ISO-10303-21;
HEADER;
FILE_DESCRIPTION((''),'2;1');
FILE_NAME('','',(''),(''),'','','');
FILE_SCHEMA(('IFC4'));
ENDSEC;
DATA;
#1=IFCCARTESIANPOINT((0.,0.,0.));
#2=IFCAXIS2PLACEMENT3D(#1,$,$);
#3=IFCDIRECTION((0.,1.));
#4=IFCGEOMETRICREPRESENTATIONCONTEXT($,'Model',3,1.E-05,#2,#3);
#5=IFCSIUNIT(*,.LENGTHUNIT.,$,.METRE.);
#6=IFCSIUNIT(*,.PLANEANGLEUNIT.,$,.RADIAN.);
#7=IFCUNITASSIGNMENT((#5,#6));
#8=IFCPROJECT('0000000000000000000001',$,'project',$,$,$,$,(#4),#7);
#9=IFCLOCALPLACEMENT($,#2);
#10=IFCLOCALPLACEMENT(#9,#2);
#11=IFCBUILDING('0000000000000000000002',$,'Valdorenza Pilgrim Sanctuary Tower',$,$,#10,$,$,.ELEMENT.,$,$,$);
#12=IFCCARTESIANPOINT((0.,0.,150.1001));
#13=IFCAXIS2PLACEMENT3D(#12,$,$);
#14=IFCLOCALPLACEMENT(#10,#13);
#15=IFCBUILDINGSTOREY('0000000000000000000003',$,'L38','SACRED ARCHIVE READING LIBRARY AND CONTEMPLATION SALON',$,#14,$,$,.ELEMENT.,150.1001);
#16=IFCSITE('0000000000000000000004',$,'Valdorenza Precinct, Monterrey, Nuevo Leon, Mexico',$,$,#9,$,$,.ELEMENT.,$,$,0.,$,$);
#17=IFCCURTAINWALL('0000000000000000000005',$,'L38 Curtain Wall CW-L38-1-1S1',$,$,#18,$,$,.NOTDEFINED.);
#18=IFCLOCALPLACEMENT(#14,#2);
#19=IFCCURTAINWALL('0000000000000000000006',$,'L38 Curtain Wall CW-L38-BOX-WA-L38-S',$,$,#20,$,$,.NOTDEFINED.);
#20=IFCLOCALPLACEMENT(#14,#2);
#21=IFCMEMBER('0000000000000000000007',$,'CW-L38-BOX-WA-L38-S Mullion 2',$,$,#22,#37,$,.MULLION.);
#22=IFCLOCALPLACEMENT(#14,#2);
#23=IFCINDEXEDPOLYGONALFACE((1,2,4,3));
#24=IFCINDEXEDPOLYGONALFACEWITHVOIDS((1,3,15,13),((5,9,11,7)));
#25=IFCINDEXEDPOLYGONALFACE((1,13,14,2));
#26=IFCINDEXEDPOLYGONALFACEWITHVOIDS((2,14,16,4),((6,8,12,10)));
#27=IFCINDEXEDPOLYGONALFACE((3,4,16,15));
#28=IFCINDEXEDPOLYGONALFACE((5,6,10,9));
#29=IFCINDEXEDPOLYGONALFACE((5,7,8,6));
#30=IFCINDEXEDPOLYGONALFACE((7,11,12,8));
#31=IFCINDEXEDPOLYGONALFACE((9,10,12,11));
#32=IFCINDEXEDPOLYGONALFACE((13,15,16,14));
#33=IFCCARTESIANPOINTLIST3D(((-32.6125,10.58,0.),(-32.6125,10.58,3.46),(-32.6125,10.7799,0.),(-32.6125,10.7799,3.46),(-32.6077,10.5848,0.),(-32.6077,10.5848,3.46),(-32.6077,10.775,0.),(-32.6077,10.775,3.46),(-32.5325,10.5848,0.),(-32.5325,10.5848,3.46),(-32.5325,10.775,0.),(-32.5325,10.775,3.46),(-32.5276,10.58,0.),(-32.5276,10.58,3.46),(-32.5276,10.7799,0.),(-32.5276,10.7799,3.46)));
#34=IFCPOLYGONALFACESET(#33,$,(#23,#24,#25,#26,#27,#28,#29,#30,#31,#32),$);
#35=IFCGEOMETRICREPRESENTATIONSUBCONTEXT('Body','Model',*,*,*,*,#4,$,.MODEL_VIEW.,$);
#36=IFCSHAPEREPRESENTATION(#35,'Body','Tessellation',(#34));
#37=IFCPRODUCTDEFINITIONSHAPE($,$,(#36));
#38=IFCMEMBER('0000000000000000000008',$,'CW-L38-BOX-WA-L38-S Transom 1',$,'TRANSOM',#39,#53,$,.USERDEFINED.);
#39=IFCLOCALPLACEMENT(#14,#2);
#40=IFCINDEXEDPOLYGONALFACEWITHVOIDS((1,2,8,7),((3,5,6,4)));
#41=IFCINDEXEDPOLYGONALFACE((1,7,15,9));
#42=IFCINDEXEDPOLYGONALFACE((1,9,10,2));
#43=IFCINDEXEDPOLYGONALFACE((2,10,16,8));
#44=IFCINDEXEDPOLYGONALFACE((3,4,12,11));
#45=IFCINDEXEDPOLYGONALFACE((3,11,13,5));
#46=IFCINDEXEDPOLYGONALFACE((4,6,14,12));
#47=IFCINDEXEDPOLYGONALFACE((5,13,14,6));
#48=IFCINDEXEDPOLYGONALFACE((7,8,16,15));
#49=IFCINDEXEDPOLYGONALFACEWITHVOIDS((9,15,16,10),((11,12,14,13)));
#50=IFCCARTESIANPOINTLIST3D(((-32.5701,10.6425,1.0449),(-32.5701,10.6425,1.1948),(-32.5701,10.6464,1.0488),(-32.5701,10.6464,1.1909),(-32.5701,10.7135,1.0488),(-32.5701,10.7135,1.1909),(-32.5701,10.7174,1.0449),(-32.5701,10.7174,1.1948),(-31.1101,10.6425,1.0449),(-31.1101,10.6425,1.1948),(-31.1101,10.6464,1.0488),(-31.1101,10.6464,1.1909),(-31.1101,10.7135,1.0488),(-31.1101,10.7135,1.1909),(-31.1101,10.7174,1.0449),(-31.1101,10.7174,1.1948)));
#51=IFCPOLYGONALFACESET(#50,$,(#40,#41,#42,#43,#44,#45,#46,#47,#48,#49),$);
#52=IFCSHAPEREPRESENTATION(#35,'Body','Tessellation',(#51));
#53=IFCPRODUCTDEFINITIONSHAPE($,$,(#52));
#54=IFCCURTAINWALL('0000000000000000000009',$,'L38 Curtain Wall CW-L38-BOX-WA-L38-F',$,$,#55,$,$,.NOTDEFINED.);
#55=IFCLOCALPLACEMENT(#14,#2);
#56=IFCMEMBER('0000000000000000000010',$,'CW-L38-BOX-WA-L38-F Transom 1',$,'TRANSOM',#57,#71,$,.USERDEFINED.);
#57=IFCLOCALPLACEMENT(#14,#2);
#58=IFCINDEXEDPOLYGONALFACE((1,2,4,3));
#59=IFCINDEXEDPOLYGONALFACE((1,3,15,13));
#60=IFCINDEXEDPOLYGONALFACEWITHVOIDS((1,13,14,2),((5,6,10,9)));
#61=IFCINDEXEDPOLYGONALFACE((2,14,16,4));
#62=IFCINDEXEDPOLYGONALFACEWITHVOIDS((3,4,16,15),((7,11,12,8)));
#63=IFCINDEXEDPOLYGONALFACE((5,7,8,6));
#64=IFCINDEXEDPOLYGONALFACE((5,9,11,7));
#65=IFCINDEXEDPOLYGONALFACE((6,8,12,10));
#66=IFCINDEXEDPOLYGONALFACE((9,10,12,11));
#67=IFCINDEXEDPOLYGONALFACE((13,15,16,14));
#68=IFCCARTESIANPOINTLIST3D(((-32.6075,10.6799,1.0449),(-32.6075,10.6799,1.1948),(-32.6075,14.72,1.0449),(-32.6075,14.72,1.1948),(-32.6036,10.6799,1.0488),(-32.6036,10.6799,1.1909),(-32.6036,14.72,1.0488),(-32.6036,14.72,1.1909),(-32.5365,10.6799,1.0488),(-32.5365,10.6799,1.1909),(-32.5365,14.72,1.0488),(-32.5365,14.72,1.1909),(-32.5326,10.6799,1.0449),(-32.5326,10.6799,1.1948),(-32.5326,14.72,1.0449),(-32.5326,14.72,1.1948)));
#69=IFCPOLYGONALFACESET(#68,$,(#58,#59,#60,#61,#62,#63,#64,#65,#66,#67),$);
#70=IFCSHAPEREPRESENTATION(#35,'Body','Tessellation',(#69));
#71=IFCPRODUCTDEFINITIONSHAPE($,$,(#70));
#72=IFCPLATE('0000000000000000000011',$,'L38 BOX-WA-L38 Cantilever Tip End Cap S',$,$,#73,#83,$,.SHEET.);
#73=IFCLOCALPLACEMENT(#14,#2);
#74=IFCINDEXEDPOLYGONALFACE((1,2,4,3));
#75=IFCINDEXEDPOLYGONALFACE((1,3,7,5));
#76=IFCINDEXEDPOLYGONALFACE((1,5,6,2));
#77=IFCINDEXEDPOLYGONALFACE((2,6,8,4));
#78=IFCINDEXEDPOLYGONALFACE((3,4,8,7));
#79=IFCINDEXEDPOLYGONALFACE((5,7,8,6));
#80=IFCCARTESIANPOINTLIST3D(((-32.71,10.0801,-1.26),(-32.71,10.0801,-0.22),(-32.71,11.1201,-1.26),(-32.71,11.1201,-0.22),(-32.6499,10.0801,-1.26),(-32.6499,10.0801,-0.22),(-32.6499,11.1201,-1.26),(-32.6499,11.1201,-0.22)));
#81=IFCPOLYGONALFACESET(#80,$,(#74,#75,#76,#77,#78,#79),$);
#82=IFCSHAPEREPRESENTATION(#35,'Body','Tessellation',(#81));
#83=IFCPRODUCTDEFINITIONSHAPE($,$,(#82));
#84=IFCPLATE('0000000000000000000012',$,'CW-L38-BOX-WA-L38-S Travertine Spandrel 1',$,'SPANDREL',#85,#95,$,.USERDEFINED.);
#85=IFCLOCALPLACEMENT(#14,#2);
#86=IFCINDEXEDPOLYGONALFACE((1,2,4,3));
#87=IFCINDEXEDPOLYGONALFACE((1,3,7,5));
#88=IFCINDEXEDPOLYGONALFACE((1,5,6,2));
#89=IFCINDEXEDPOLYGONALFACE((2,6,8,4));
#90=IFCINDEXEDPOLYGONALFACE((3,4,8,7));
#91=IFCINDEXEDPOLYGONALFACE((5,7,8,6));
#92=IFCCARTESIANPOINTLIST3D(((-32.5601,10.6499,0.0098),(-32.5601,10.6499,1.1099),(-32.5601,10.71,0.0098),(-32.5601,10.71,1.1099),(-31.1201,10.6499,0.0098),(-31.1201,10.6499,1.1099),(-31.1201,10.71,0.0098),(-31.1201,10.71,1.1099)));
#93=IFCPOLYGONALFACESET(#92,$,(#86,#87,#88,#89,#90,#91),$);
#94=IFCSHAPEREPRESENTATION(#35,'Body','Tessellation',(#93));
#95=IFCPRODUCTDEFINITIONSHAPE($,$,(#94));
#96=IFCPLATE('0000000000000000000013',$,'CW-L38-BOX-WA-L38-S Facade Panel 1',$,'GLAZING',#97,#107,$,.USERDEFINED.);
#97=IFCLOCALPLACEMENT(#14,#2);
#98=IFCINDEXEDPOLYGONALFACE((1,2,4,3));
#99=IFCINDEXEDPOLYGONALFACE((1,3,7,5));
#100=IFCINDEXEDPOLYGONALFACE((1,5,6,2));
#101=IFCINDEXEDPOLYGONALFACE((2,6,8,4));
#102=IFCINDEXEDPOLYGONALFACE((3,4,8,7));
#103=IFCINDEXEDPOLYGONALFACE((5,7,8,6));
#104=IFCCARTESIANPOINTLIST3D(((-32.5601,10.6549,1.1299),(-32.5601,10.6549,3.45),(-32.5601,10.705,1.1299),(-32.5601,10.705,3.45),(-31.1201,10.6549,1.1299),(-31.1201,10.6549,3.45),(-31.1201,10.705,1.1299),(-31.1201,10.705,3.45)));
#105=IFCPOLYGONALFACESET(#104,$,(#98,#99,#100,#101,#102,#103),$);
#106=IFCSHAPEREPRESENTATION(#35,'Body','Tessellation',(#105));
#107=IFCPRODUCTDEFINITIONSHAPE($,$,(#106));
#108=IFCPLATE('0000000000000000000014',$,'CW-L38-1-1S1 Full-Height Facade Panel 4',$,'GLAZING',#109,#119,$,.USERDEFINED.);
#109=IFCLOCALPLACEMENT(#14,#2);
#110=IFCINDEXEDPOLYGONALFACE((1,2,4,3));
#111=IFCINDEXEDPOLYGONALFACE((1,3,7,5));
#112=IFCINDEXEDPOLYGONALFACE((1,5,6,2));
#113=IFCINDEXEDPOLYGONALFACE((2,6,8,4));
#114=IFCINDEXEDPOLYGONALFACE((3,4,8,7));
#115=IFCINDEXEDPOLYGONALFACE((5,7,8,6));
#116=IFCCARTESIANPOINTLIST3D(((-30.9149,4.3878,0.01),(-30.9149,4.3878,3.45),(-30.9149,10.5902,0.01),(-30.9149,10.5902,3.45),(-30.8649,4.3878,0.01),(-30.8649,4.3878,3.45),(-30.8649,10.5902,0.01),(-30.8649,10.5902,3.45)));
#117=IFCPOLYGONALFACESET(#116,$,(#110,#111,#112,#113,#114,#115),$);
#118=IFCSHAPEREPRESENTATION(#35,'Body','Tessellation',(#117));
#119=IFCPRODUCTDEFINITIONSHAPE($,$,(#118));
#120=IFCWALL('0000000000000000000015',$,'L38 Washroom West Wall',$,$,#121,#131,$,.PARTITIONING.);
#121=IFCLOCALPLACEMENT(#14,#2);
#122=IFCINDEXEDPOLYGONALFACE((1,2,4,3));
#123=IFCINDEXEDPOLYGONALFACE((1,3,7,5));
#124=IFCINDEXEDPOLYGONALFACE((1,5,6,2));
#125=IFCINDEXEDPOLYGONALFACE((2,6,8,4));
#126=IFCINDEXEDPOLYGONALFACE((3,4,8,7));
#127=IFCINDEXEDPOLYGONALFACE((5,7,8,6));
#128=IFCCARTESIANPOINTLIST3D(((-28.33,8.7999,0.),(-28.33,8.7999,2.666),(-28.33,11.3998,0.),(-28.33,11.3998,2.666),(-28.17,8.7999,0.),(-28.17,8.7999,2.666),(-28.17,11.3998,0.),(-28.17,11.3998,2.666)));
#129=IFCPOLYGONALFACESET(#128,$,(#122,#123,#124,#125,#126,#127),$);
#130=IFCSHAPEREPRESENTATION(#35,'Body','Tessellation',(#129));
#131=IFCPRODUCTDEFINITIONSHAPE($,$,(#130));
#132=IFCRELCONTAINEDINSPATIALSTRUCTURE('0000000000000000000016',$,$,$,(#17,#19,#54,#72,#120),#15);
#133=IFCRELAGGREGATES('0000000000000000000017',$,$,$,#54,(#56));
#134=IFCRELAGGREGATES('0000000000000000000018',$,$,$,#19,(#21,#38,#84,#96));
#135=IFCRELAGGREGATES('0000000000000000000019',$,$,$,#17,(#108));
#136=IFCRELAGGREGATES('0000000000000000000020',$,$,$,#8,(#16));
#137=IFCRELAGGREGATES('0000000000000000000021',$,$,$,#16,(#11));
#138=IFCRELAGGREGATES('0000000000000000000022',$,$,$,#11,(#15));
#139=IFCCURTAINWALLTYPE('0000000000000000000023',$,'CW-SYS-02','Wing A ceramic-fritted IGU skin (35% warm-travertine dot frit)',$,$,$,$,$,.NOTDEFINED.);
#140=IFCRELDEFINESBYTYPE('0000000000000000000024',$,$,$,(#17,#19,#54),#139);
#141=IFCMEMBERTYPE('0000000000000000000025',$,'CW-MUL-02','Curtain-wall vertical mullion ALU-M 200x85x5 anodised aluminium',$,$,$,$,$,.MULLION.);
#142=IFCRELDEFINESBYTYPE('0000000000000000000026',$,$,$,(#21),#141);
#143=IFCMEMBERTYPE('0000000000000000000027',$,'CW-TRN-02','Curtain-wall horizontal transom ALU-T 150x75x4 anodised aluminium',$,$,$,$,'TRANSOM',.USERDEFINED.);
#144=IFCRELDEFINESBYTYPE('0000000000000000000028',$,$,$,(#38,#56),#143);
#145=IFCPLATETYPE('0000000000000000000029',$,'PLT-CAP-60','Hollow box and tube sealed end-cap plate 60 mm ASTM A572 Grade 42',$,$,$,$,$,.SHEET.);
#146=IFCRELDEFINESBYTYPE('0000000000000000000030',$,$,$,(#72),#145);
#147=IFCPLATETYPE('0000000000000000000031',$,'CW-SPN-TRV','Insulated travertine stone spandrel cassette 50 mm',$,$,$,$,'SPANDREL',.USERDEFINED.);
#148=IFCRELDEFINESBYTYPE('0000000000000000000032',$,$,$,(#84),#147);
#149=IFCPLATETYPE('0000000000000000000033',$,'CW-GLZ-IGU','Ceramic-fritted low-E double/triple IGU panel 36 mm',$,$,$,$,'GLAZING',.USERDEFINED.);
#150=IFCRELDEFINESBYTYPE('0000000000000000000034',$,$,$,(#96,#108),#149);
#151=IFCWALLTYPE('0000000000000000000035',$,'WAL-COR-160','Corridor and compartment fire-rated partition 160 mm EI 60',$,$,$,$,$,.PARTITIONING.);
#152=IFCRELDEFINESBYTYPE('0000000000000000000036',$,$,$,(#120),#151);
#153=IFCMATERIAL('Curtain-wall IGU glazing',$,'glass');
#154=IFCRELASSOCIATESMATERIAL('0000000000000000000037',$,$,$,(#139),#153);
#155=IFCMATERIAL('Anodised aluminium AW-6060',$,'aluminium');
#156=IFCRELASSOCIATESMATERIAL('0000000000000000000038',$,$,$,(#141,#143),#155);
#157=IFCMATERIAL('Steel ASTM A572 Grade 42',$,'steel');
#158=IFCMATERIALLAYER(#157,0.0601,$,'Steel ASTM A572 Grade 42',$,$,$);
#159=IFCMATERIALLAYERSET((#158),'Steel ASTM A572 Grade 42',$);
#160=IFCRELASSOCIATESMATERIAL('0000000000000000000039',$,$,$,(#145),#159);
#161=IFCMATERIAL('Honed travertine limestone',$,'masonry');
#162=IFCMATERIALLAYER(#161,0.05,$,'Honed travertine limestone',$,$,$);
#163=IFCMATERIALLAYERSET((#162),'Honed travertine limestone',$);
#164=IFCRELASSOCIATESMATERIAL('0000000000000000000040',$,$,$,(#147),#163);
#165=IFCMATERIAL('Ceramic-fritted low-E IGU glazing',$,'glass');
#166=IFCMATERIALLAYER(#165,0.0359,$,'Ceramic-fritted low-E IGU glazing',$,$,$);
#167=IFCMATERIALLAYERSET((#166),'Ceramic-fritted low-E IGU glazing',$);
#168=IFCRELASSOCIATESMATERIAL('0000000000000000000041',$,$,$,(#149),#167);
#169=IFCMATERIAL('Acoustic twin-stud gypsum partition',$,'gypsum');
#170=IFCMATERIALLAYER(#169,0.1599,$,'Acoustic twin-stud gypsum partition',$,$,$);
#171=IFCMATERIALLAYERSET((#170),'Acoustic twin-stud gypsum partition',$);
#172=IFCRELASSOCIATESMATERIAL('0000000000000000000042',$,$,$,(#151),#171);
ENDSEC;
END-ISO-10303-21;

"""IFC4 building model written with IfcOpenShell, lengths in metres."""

from ifc_helpers import new_model, si_unit, direction, frame, frame_2d, origin, origin_2d, place, context, subcontext, project, spatial, rectangle, hollow_rectangle, extrude, source, transform, mapped, material, layer, layer_set, material_profile, profile_set, type_object, element, aggregate, save


model = new_model("IFC4")

# Units and contexts
model_context = context("Model", 3, precision=1e-05, world=origin(), true_north=direction((0.0, 1.0)))
body_context = subcontext(model_context, "Body", "Model", "MODEL_VIEW")
ifc_project = project(units=[si_unit("LENGTHUNIT", "METRE"), si_unit("PLANEANGLEUNIT", "RADIAN")], contexts=[model_context])

# Site, building, storey
site_placement = place(None, origin())
site = spatial("IfcSite", under=ifc_project, at=site_placement, Name="Valdorenza Precinct, Monterrey, Nuevo Leon, Mexico", CompositionType="ELEMENT", RefElevation=0.0)
building_placement = place(site_placement, origin())
building = spatial("IfcBuilding", under=site, at=building_placement, Name="Valdorenza Pilgrim Sanctuary Tower", CompositionType="ELEMENT")
storey_placement = place(building_placement, frame((0.0, 0.0, 150.1001)))
storey = spatial("IfcBuildingStorey", under=building, at=storey_placement, Name="L38", Description="SACRED ARCHIVE READING LIBRARY AND CONTEMPLATION SALON", CompositionType="ELEMENT", Elevation=150.1001)

# Shared definitions
ifc_material_1 = material(Name="Steel ASTM A572 Grade 42", Category="steel")

# Curtain walls, members
ifc_material_2 = material(Name="Curtain-wall IGU glazing", Category="glass")
curtain_wall_type = type_object("IfcCurtainWallType", Name="CW-SYS-02", Description="Wing A ceramic-fritted IGU skin (35% warm-travertine dot frit)", PredefinedType="NOTDEFINED", material=ifc_material_2)
curtain_wall_1_placement = place(storey_placement, origin())
curtain_wall_1 = element("IfcCurtainWall", 1, at=curtain_wall_1_placement, inside=storey, type_object=curtain_wall_type, Name="L38 Curtain Wall CW-L38-1-1S1", PredefinedType="NOTDEFINED")
ifc_material_3 = material(Name="Anodised aluminium AW-6060", Category="aluminium")
ifc_material_profile_1 = material_profile(ifc_material_3, hollow_rectangle(XDim=0.085, YDim=0.2, WallThickness=0.0049, at=origin_2d()), Name="ALU-M 200x85x5")
ifc_profile_set_1 = profile_set([ifc_material_profile_1], Name="Anodised aluminium AW-6060")
member_type_1 = type_object("IfcMemberType", Name="CW-MUL-02", Description="Curtain-wall vertical mullion ALU-M 200x85x5 anodised aluminium", PredefinedType="MULLION", material=ifc_profile_set_1)
shared_shape_1 = source(origin(), body_context, "Body", "SweptSolid", [
    extrude(hollow_rectangle(XDim=0.085, YDim=0.2, WallThickness=0.0049, at=origin_2d()), origin(), (0.0, 0.0, 1.0), 3.46),
])
curtain_wall_2_placement = place(storey_placement, origin())
curtain_wall_2 = element("IfcCurtainWall", 2, at=curtain_wall_2_placement, inside=storey, type_object=curtain_wall_type, Name="L38 Curtain Wall CW-L38-BOX-WA-L38-S", PredefinedType="NOTDEFINED")
member_1_placement = place(storey_placement, frame((-32.5701, 10.6799, 0.0), z_axis=(0.0, 0.0, 1.0), x_axis=(-1.0, 0.0, 0.0)))
member_1 = element("IfcMember", 3, at=member_1_placement, type_object=member_type_1, Name="CW-L38-BOX-WA-L38-S Mullion 2", PredefinedType="MULLION", context=body_context, shape_type="MappedRepresentation", body=[
    mapped(shared_shape_1, transform((0.0, 0.0, 0.0), x_axis=(1.0, 0.0, 0.0), y_axis=(0.0, 1.0, 0.0), z_axis=(0.0, 0.0, 1.0), scale=1.0)),
])
ifc_material_profile_2 = material_profile(ifc_material_3, hollow_rectangle(XDim=0.075, YDim=0.1499, WallThickness=0.0039, at=origin_2d()), Name="ALU-T 150x75x4")
ifc_profile_set_2 = profile_set([ifc_material_profile_2], Name="Anodised aluminium AW-6060")
member_type_2 = type_object("IfcMemberType", Name="CW-TRN-02", Description="Curtain-wall horizontal transom ALU-T 150x75x4 anodised aluminium", ElementType="TRANSOM", PredefinedType="USERDEFINED", material=ifc_profile_set_2)
shared_shape_2 = source(origin(), body_context, "Body", "SweptSolid", [
    extrude(hollow_rectangle(XDim=0.075, YDim=0.1499, WallThickness=0.0039, at=origin_2d()), origin(), (0.0, 0.0, 1.0), 1.46),
])
member_2_placement = place(storey_placement, frame((-31.1101, 10.6799, 1.1199), z_axis=(-1.0, 0.0, 0.0), x_axis=(0.0, -1.0, 0.0)))
member_2 = element("IfcMember", 4, at=member_2_placement, type_object=member_type_2, Name="CW-L38-BOX-WA-L38-S Transom 1", ObjectType="TRANSOM", PredefinedType="USERDEFINED", context=body_context, shape_type="MappedRepresentation", body=[
    mapped(shared_shape_2, transform((0.0, 0.0, 0.0), x_axis=(1.0, 0.0, 0.0), y_axis=(0.0, 1.0, 0.0), z_axis=(0.0, 0.0, 1.0), scale=1.0)),
])

# Curtain wall, member
curtain_wall_3_placement = place(storey_placement, origin())
curtain_wall_3 = element("IfcCurtainWall", 5, at=curtain_wall_3_placement, inside=storey, type_object=curtain_wall_type, Name="L38 Curtain Wall CW-L38-BOX-WA-L38-F", PredefinedType="NOTDEFINED")
shared_shape_3 = source(origin(), body_context, "Body", "SweptSolid", [
    extrude(hollow_rectangle(XDim=0.075, YDim=0.1499, WallThickness=0.0039, at=origin_2d()), origin(), (0.0, 0.0, 1.0), 4.04),
])
member_3_placement = place(storey_placement, frame((-32.5701, 10.6799, 1.1199), z_axis=(0.0, 1.0, 0.0), x_axis=(-1.0, 0.0, 0.0)))
member_3 = element("IfcMember", 6, at=member_3_placement, type_object=member_type_2, Name="CW-L38-BOX-WA-L38-F Transom 1", ObjectType="TRANSOM", PredefinedType="USERDEFINED", context=body_context, shape_type="MappedRepresentation", body=[
    mapped(shared_shape_3, transform((0.0, 0.0, 0.0), x_axis=(1.0, 0.0, 0.0), y_axis=(0.0, 1.0, 0.0), z_axis=(0.0, 0.0, 1.0), scale=1.0)),
])
aggregate(curtain_wall_3, [member_3])

# Plates
ifc_layer_1 = layer(ifc_material_1, 0.0601, Name="Steel ASTM A572 Grade 42")
ifc_layer_set_1 = layer_set([ifc_layer_1], Name="Steel ASTM A572 Grade 42")
plate_type_1 = type_object("IfcPlateType", Name="PLT-CAP-60", Description="Hollow box and tube sealed end-cap plate 60 mm ASTM A572 Grade 42", PredefinedType="SHEET", material=ifc_layer_set_1)
shared_shape_4 = source(origin(), body_context, "Body", "SweptSolid", [
    extrude(rectangle(XDim=0.0601, YDim=1.04, at=origin_2d()), origin(), (0.0, 0.0, 1.0), 1.04),
])
plate_1_placement = place(storey_placement, frame((-32.6799, 10.6001, -1.26), z_axis=(0.0, 0.0, 1.0), x_axis=(1.0, 0.0, 0.0)))
element("IfcPlate", 7, at=plate_1_placement, inside=storey, type_object=plate_type_1, Name="L38 BOX-WA-L38 Cantilever Tip End Cap S", PredefinedType="SHEET", context=body_context, shape_type="MappedRepresentation", body=[
    mapped(shared_shape_4, transform((0.0, 0.0, 0.0), x_axis=(1.0, 0.0, 0.0), y_axis=(0.0, 1.0, 0.0), z_axis=(0.0, 0.0, 1.0), scale=1.0)),
])
ifc_material_4 = material(Name="Honed travertine limestone", Category="masonry")
ifc_layer_2 = layer(ifc_material_4, 0.05, Name="Honed travertine limestone")
ifc_layer_set_2 = layer_set([ifc_layer_2], Name="Honed travertine limestone")
plate_type_2 = type_object("IfcPlateType", Name="CW-SPN-TRV", Description="Insulated travertine stone spandrel cassette 50 mm", ElementType="SPANDREL", PredefinedType="USERDEFINED", material=ifc_layer_set_2)
shared_shape_5 = source(origin(), body_context, "Body", "SweptSolid", [
    extrude(rectangle(XDim=1.4399, YDim=0.0601, at=origin_2d()), origin(), (0.0, 0.0, 1.0), 1.1001),
])
plate_2_placement = place(storey_placement, frame((-31.8401, 10.6799, 0.0098), z_axis=(0.0, 0.0, 1.0), x_axis=(-1.0, 0.0, 0.0)))
plate_2 = element("IfcPlate", 8, at=plate_2_placement, type_object=plate_type_2, Name="CW-L38-BOX-WA-L38-S Travertine Spandrel 1", ObjectType="SPANDREL", PredefinedType="USERDEFINED", context=body_context, shape_type="MappedRepresentation", body=[
    mapped(shared_shape_5, transform((0.0, 0.0, 0.0), x_axis=(1.0, 0.0, 0.0), y_axis=(0.0, 1.0, 0.0), z_axis=(0.0, 0.0, 1.0), scale=1.0)),
])
ifc_material_5 = material(Name="Ceramic-fritted low-E IGU glazing", Category="glass")
ifc_layer_3 = layer(ifc_material_5, 0.0359, Name="Ceramic-fritted low-E IGU glazing")
ifc_layer_set_3 = layer_set([ifc_layer_3], Name="Ceramic-fritted low-E IGU glazing")
plate_type_3 = type_object("IfcPlateType", Name="CW-GLZ-IGU", Description="Ceramic-fritted low-E double/triple IGU panel 36 mm", ElementType="GLAZING", PredefinedType="USERDEFINED", material=ifc_layer_set_3)
shared_shape_6 = source(origin(), body_context, "Body", "SweptSolid", [
    extrude(rectangle(XDim=1.4399, YDim=0.05, at=origin_2d()), origin(), (0.0, 0.0, 1.0), 2.3201),
])
plate_3_placement = place(storey_placement, frame((-31.8401, 10.6799, 1.1299), z_axis=(0.0, 0.0, 1.0), x_axis=(-1.0, 0.0, 0.0)))
plate_3 = element("IfcPlate", 9, at=plate_3_placement, type_object=plate_type_3, Name="CW-L38-BOX-WA-L38-S Facade Panel 1", ObjectType="GLAZING", PredefinedType="USERDEFINED", context=body_context, shape_type="MappedRepresentation", body=[
    mapped(shared_shape_6, transform((0.0, 0.0, 0.0), x_axis=(1.0, 0.0, 0.0), y_axis=(0.0, 1.0, 0.0), z_axis=(0.0, 0.0, 1.0), scale=1.0)),
])
aggregate(curtain_wall_2, [member_1, member_2, plate_2, plate_3])
shared_shape_7 = source(origin(), body_context, "Body", "SweptSolid", [
    extrude(rectangle(XDim=6.2024, YDim=0.05, at=origin_2d()), origin(), (0.0, 0.0, 1.0), 3.4399),
])
plate_4_placement = place(storey_placement, frame((-30.8899, 7.489, 0.01), z_axis=(0.0, 0.0, 1.0), x_axis=(0.0, 1.0, 0.0)))
plate_4 = element("IfcPlate", 10, at=plate_4_placement, type_object=plate_type_3, Name="CW-L38-1-1S1 Full-Height Facade Panel 4", ObjectType="GLAZING", PredefinedType="USERDEFINED", context=body_context, shape_type="MappedRepresentation", body=[
    mapped(shared_shape_7, transform((0.0, 0.0, 0.0), x_axis=(1.0, 0.0, 0.0), y_axis=(0.0, 1.0, 0.0), z_axis=(0.0, 0.0, 1.0), scale=1.0)),
])
aggregate(curtain_wall_1, [plate_4])

# Wall
ifc_material_6 = material(Name="Acoustic twin-stud gypsum partition", Category="gypsum")
ifc_layer_4 = layer(ifc_material_6, 0.1599, Name="Acoustic twin-stud gypsum partition")
ifc_layer_set_4 = layer_set([ifc_layer_4], Name="Acoustic twin-stud gypsum partition")
wall_type_1 = type_object("IfcWallType", Name="WAL-COR-160", Description="Corridor and compartment fire-rated partition 160 mm EI 60", PredefinedType="PARTITIONING", material=ifc_layer_set_4)
wall_1_placement = place(storey_placement, frame((-28.25, 8.8, 0.0), z_axis=(0.0, 0.0, 1.0), x_axis=(0.0, 1.0, 0.0)))
element("IfcWall", 11, at=wall_1_placement, inside=storey, type_object=wall_type_1, Name="L38 Washroom West Wall", PredefinedType="PARTITIONING", context=body_context, shape_type="SweptSolid", body=[
    extrude(rectangle(XDim=2.5999, YDim=0.1599, at=frame_2d((1.2998, 0.0))), origin(), (0.0, 0.0, 1.0), 2.666),
])

save(model, "model.ifc")
